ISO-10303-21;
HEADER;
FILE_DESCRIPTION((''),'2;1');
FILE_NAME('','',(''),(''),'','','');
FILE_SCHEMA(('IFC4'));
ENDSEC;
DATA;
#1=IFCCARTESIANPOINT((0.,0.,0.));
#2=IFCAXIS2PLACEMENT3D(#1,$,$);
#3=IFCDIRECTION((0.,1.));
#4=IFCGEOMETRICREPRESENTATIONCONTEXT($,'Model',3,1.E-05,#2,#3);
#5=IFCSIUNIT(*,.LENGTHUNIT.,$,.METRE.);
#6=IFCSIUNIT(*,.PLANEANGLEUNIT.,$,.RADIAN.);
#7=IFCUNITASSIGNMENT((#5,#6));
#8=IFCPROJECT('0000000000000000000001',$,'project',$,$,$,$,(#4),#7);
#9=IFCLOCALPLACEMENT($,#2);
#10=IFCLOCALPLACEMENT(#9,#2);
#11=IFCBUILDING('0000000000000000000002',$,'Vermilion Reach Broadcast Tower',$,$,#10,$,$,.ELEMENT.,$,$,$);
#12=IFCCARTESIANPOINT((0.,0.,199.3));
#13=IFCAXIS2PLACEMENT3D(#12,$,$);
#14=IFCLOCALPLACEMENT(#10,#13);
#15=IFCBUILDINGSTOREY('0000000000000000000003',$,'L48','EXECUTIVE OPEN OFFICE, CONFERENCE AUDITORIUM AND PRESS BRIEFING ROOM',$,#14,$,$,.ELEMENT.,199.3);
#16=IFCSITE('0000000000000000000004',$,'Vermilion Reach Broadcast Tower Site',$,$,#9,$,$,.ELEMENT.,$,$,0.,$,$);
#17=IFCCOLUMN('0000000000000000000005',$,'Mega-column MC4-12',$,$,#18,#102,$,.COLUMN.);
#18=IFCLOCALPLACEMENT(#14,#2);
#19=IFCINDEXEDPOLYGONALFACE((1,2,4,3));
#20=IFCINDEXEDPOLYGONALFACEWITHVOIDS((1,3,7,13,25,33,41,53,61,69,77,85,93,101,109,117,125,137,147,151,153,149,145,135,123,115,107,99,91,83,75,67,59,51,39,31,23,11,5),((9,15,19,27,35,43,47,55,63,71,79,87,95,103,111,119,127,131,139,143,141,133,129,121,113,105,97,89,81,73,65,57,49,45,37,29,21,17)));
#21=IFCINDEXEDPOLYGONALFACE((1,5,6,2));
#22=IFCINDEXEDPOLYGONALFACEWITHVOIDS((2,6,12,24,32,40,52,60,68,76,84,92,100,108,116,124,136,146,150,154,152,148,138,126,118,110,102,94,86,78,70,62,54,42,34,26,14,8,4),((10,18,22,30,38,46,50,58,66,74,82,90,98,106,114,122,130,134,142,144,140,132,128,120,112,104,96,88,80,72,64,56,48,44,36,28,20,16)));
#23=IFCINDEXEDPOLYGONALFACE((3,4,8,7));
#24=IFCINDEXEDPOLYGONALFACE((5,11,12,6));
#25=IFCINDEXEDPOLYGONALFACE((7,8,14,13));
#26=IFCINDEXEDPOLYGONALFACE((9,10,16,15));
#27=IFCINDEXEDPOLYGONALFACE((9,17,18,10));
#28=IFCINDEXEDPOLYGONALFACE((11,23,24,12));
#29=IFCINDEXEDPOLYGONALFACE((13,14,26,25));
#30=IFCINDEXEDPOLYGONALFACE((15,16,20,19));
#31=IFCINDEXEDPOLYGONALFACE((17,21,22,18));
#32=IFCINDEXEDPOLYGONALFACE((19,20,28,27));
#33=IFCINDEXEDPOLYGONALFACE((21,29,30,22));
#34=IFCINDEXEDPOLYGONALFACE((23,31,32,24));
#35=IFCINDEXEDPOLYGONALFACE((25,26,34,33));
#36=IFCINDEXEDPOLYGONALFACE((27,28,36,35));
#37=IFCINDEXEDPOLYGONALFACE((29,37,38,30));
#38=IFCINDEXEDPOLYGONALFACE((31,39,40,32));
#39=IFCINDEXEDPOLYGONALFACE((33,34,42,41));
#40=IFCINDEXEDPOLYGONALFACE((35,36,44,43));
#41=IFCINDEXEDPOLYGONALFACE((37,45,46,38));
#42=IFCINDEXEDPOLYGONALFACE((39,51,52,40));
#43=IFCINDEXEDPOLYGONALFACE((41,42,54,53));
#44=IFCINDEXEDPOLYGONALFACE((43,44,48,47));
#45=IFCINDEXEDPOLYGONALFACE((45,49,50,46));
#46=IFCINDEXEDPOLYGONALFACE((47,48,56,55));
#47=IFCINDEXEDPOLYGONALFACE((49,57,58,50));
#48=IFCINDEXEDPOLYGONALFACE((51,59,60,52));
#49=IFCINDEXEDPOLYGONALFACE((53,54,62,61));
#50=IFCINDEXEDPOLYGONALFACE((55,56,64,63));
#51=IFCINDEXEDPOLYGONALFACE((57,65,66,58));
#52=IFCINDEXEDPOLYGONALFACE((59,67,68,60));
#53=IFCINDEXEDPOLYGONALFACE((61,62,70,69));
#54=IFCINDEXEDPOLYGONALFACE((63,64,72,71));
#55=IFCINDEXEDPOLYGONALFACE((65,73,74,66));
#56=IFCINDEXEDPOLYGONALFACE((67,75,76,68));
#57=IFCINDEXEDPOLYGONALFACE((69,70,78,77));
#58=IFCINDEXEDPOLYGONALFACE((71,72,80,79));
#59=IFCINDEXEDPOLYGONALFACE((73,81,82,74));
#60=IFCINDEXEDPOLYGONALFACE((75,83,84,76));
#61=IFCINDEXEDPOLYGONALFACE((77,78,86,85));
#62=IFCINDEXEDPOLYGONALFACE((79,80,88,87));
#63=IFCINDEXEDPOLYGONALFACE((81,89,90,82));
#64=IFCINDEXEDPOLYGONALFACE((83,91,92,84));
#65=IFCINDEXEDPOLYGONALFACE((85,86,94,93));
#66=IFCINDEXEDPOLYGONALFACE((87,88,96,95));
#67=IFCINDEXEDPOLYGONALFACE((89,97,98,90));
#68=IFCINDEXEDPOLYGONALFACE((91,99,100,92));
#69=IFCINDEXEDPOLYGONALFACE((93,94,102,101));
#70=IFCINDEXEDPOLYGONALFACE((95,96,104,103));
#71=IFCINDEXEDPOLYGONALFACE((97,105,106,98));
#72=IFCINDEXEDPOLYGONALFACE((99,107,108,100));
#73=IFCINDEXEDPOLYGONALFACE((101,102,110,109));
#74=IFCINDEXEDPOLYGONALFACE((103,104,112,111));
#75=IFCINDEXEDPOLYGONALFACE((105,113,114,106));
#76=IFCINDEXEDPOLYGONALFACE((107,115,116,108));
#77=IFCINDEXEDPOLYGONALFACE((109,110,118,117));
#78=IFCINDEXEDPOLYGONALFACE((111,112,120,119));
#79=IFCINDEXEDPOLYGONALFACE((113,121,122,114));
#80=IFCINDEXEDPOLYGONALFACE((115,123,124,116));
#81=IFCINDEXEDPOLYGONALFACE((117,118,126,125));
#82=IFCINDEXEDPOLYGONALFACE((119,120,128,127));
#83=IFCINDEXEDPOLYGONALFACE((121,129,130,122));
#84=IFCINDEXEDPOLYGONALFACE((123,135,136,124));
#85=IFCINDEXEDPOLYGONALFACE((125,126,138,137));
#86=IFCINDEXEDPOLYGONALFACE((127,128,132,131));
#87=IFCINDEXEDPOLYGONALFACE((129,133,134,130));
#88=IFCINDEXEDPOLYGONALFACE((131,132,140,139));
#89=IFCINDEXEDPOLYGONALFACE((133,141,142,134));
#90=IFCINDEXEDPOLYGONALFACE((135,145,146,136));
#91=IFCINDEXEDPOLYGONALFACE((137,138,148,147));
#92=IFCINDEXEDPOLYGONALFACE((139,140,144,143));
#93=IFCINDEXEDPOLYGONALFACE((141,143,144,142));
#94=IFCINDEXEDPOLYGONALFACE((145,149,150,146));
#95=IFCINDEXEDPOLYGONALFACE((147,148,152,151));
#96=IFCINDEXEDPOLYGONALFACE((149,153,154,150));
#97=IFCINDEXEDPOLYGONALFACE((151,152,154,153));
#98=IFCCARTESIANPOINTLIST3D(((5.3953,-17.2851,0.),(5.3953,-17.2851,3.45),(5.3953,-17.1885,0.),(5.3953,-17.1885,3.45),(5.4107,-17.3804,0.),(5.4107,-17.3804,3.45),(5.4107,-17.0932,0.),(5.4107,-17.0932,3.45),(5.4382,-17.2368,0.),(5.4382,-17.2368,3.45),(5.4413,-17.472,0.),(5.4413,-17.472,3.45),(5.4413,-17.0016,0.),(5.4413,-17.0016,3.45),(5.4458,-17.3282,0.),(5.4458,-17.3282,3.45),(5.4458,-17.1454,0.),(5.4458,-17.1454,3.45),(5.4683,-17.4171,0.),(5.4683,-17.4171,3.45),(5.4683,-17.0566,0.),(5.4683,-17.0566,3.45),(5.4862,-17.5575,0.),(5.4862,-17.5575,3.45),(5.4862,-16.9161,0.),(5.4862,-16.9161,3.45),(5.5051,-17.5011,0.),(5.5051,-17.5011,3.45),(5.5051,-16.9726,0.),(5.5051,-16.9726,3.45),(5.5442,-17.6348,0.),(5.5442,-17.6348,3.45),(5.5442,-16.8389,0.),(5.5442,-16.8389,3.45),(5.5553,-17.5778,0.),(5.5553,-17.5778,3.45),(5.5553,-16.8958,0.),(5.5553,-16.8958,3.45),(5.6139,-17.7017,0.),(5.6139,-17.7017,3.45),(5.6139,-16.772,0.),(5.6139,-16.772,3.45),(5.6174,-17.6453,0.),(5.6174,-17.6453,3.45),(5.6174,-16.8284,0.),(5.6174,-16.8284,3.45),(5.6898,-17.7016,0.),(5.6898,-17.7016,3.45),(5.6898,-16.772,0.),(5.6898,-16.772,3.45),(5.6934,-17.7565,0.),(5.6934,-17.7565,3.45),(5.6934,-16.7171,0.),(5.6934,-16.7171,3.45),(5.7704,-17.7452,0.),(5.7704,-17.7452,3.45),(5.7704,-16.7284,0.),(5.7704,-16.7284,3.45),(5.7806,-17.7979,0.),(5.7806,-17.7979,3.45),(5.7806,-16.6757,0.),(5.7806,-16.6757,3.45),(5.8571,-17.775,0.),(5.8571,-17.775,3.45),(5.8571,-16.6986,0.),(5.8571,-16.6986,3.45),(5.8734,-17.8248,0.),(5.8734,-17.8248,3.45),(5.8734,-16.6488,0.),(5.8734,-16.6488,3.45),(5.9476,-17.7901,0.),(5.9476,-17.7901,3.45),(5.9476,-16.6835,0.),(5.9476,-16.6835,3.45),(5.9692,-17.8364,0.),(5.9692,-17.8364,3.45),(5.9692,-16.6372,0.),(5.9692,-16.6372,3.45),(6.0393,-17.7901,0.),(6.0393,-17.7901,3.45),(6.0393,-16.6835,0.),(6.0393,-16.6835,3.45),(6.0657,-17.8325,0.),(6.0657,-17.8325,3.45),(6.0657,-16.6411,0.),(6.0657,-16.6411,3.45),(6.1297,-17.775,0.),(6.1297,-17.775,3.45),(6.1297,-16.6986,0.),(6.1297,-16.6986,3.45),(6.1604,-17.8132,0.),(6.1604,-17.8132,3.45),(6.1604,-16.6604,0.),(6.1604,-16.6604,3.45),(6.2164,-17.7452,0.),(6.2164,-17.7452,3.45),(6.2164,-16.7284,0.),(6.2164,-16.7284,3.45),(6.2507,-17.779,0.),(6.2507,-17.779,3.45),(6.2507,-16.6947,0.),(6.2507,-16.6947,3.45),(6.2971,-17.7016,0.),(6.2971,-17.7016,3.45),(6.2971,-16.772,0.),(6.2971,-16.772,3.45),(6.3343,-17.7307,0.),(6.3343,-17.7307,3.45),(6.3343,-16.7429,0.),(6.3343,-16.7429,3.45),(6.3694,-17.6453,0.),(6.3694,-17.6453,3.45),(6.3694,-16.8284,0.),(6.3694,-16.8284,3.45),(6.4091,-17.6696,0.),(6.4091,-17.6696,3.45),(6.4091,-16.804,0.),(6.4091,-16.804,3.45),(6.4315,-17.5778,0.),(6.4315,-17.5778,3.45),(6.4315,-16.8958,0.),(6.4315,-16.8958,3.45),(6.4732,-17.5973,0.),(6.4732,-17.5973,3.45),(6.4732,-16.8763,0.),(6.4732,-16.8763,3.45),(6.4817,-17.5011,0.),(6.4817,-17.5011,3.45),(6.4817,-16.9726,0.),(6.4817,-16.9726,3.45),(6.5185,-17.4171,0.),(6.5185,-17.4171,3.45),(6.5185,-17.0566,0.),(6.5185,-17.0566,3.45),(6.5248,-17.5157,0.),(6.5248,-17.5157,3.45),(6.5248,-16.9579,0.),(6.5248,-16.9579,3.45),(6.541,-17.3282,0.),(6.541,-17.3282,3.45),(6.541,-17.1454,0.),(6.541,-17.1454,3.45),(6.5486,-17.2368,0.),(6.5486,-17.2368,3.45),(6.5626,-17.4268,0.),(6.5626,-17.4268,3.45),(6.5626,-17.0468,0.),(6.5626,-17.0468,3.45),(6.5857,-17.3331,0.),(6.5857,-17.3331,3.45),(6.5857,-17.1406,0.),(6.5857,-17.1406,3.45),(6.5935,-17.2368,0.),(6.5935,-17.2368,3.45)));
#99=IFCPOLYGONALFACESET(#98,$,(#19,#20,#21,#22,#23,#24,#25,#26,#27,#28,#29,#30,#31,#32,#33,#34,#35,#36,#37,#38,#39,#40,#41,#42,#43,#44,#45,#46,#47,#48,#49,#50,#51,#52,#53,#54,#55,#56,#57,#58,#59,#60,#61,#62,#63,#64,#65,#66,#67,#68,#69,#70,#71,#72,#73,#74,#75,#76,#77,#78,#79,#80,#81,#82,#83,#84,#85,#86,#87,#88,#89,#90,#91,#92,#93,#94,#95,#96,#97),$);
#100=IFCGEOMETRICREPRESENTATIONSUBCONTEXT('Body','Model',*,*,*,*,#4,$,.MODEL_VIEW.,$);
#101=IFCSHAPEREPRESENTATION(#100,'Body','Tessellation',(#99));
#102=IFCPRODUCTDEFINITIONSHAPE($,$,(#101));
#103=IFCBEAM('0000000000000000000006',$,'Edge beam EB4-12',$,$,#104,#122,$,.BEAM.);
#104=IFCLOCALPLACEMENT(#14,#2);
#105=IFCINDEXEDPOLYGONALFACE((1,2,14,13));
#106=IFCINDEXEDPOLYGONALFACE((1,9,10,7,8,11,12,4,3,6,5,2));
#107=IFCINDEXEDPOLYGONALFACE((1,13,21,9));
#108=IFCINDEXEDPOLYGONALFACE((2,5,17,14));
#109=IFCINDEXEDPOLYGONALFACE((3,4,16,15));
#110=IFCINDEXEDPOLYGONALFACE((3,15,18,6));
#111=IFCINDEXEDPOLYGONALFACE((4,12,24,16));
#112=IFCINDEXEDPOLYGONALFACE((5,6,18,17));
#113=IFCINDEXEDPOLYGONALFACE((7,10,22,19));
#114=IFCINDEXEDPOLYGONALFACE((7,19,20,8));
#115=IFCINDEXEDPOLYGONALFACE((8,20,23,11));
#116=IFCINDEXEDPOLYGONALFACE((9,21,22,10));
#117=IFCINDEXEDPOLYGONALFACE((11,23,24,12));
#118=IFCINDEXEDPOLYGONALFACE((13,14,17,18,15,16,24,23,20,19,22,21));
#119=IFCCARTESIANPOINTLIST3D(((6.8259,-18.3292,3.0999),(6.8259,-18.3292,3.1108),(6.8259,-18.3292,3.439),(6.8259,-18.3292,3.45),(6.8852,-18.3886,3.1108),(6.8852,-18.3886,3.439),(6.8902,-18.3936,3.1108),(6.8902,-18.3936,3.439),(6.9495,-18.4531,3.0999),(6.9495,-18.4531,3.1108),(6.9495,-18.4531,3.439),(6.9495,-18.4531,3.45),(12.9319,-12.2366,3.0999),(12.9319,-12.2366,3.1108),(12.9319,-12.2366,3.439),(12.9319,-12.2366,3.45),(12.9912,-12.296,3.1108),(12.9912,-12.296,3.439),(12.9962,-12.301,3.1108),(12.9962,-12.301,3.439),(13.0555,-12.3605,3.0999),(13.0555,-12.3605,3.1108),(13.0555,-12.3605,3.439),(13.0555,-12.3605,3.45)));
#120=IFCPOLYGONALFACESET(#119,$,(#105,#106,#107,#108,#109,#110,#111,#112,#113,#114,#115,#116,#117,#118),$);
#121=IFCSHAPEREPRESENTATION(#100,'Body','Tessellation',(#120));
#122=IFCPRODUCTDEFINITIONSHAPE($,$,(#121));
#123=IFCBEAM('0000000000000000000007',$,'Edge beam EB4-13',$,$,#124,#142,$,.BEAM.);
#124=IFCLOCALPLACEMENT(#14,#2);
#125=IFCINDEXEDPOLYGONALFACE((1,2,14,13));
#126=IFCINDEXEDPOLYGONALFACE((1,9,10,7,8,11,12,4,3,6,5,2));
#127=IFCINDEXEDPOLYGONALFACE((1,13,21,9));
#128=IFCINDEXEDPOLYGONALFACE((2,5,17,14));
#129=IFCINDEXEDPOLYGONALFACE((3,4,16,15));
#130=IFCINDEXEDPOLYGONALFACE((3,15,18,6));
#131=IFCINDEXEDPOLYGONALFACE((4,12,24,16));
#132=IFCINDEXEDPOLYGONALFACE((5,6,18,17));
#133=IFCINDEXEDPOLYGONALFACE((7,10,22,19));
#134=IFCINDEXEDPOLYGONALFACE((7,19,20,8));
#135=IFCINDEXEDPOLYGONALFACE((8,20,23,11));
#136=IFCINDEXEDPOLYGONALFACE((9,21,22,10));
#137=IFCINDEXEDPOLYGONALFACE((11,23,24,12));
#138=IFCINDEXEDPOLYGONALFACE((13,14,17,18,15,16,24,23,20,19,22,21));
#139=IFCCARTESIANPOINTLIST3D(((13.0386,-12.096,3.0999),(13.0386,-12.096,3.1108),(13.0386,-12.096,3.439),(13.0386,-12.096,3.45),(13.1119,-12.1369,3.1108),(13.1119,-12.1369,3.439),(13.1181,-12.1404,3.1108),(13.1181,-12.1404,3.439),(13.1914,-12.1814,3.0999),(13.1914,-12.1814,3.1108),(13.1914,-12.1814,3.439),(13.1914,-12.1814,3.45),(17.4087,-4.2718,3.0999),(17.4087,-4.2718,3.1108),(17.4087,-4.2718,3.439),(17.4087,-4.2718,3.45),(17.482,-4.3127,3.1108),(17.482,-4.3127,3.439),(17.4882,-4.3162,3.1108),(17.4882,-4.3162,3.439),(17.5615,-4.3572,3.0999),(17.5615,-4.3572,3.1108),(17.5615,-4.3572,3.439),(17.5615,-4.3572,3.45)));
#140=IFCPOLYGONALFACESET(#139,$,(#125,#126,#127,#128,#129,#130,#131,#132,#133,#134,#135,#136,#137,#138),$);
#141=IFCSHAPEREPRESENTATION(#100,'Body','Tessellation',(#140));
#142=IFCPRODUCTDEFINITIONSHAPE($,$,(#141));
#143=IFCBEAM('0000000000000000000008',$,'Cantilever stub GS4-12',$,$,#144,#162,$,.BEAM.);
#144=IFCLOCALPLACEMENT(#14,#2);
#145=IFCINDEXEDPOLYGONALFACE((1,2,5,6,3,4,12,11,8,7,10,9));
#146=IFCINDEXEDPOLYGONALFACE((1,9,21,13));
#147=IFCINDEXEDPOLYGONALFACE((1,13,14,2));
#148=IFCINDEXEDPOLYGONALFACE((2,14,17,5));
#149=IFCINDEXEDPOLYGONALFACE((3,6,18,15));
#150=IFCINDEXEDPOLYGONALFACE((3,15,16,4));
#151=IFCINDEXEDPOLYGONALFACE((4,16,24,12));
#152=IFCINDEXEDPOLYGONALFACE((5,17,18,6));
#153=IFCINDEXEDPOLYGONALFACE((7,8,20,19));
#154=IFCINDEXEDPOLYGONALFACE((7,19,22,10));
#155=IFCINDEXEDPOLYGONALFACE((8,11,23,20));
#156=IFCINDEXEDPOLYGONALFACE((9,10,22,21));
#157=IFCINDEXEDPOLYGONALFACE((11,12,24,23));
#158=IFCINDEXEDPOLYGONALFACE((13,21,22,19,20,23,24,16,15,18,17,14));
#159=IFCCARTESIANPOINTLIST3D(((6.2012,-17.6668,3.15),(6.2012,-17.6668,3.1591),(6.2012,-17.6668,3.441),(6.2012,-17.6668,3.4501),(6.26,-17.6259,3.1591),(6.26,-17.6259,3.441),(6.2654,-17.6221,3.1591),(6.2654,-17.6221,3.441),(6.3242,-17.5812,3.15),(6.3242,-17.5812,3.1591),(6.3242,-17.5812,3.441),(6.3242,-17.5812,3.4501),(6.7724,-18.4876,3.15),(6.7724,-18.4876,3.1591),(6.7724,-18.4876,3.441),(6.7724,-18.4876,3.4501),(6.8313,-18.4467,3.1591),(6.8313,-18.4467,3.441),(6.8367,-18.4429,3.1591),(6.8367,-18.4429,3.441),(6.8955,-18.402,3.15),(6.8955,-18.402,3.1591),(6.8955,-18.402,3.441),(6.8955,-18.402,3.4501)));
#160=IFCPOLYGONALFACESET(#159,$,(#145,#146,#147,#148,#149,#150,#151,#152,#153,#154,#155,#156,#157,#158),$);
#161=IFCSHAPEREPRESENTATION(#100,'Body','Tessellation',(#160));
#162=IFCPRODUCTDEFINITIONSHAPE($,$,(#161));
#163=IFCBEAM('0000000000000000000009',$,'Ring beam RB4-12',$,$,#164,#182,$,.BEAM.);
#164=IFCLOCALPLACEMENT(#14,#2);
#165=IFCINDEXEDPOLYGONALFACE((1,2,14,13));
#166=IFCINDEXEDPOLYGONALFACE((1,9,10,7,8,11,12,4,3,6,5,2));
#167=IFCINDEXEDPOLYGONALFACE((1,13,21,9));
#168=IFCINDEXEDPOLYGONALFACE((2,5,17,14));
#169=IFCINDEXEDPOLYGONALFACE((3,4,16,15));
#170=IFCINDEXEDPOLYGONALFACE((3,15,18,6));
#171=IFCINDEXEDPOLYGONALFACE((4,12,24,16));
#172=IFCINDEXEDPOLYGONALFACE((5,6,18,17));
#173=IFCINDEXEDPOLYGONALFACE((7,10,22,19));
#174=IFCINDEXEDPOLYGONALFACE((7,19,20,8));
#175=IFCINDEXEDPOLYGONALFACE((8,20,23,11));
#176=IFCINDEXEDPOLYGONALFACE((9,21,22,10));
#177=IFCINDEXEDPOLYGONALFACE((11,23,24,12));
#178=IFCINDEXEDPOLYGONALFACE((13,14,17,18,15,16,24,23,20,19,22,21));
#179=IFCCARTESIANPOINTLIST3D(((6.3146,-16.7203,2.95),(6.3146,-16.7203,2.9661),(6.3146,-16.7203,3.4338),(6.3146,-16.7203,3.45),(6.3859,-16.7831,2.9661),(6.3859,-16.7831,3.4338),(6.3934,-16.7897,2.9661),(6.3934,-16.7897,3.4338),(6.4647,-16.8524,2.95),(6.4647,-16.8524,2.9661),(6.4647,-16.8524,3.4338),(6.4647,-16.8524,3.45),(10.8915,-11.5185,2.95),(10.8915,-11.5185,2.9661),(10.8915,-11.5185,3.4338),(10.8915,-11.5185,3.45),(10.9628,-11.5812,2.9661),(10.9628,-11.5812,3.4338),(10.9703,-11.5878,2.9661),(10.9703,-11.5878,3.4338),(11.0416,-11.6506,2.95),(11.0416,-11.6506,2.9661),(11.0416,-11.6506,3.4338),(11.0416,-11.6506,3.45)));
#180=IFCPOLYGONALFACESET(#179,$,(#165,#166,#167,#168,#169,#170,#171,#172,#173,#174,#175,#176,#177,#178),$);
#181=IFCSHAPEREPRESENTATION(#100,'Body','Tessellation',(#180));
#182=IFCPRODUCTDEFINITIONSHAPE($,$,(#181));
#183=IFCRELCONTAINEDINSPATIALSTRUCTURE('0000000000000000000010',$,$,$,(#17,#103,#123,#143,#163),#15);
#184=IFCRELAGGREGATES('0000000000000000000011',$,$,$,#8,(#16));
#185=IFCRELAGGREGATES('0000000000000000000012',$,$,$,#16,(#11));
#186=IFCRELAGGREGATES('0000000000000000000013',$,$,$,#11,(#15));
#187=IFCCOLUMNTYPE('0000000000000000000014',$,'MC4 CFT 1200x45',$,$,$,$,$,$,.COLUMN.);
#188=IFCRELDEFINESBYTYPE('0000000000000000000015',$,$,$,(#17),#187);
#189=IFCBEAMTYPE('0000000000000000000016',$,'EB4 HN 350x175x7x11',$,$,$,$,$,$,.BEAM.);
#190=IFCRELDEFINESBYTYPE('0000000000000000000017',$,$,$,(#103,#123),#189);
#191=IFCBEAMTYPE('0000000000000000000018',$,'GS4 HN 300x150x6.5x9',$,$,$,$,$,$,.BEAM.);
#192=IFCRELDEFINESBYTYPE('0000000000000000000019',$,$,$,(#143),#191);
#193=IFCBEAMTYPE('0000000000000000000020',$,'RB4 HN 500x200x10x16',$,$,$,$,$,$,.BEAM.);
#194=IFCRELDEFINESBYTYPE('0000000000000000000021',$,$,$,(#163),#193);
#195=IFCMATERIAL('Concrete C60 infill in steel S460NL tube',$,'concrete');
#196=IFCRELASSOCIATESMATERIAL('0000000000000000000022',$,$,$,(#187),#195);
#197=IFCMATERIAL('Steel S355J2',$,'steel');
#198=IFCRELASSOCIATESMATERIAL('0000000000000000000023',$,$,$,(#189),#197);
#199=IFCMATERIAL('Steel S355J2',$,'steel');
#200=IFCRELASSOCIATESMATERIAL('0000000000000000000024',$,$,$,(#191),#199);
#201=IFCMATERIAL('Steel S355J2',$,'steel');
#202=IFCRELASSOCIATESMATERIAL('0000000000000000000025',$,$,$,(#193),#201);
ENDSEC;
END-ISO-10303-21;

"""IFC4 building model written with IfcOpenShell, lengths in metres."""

from ifc_helpers import new_model, si_unit, direction, frame, origin, origin_2d, place, context, subcontext, project, spatial, hollow_circle, i_section, extrude, material, material_profile, profile_set, type_object, element, save


model = new_model("IFC4")

# Units and contexts
model_context = context("Model", 3, precision=1e-05, world=origin(), true_north=direction((0.0, 1.0)))
body_context = subcontext(model_context, "Body", "Model", "MODEL_VIEW")
ifc_project = project(units=[si_unit("LENGTHUNIT", "METRE"), si_unit("PLANEANGLEUNIT", "RADIAN")], contexts=[model_context])

# Site, building, storey
site_placement = place(None, origin())
site = spatial("IfcSite", under=ifc_project, at=site_placement, Name="Vermilion Reach Broadcast Tower Site", CompositionType="ELEMENT", RefElevation=0.0)
building_placement = place(site_placement, origin())
building = spatial("IfcBuilding", under=site, at=building_placement, Name="Vermilion Reach Broadcast Tower", CompositionType="ELEMENT")
storey_placement = place(building_placement, frame((0.0, 0.0, 199.3)))
storey = spatial("IfcBuildingStorey", under=building, at=storey_placement, Name="L48", Description="EXECUTIVE OPEN OFFICE, CONFERENCE AUDITORIUM AND PRESS BRIEFING ROOM", CompositionType="ELEMENT", Elevation=199.3)

# Column
ifc_material_1 = material(Name="Concrete C60 infill in steel S460NL tube", Category="concrete")
ifc_material_profile_1 = material_profile(ifc_material_1, hollow_circle(Radius=0.6001, WallThickness=0.0449, at=origin_2d()), Name="Concrete C60 infill in steel S460NL tube CFT 1200x45")
ifc_profile_set_1 = profile_set([ifc_material_profile_1], Name="Concrete C60 infill in steel S460NL tube")
column_type = type_object("IfcColumnType", Name="MC4 CFT 1200x45", PredefinedType="COLUMN", material=ifc_profile_set_1)
column_placement = place(storey_placement, frame((5.9934, -17.2368, 0.0), z_axis=(0.0, 0.0, 1.0), x_axis=(1.0, 0.0, 0.0)))
element("IfcColumn", 1, at=column_placement, inside=storey, type_object=column_type, Name="Mega-column MC4-12", PredefinedType="COLUMN", context=body_context, shape_type="SweptSolid", body=[
    extrude(hollow_circle(Radius=0.6001, WallThickness=0.0449, at=origin_2d()), origin(), (0.0, 0.0, 1.0), 3.45),
])

# Beams
ifc_material_2 = material(Name="Steel S355J2", Category="steel")
ifc_material_profile_2 = material_profile(ifc_material_2, i_section(OverallWidth=0.175, OverallDepth=0.3501, WebThickness=0.0071, FlangeThickness=0.011, at=origin_2d()), Name="S355J2 HN 350x175x7x11")
ifc_profile_set_2 = profile_set([ifc_material_profile_2], Name="Steel S355J2")
beam_type_1 = type_object("IfcBeamType", Name="EB4 HN 350x175x7x11", PredefinedType="BEAM", material=ifc_profile_set_2)
beam_1_placement = place(storey_placement, frame((6.8877, -18.3911, 3.2749), z_axis=(0.707885, 0.706328, 0.0), x_axis=(-0.706328, 0.707885, 0.0)))
element("IfcBeam", 2, at=beam_1_placement, inside=storey, type_object=beam_type_1, Name="Edge beam EB4-12", PredefinedType="BEAM", context=body_context, shape_type="SweptSolid", body=[
    extrude(i_section(OverallWidth=0.175, OverallDepth=0.3501, WebThickness=0.0071, FlangeThickness=0.011, at=origin_2d()), origin(), (0.0, 0.0, 1.0), 8.6257),
])
beam_2_placement = place(storey_placement, frame((13.115, -12.1387, 3.2749), z_axis=(0.487631, 0.87305, 0.0), x_axis=(-0.87305, 0.487631, 0.0)))
element("IfcBeam", 3, at=beam_2_placement, inside=storey, type_object=beam_type_1, Name="Edge beam EB4-13", PredefinedType="BEAM", context=body_context, shape_type="SweptSolid", body=[
    extrude(i_section(OverallWidth=0.175, OverallDepth=0.3501, WebThickness=0.0071, FlangeThickness=0.011, at=origin_2d()), origin(), (0.0, 0.0, 1.0), 8.9619),
])
ifc_material_3 = material(Name="Steel S355J2", Category="steel")
ifc_material_profile_3 = material_profile(ifc_material_3, i_section(OverallWidth=0.1499, OverallDepth=0.3, WebThickness=0.0066, FlangeThickness=0.009, at=origin_2d()), Name="S355J2 HN 300x150x6.5x9")
ifc_profile_set_3 = profile_set([ifc_material_profile_3], Name="Steel S355J2")
beam_type_2 = type_object("IfcBeamType", Name="GS4 HN 300x150x6.5x9", PredefinedType="BEAM", material=ifc_profile_set_3)
beam_3_placement = place(storey_placement, frame((6.2627, -17.624, 3.3), z_axis=(0.571265, -0.820766, 0.0), x_axis=(0.820766, 0.571265, 0.0)))
element("IfcBeam", 4, at=beam_3_placement, inside=storey, type_object=beam_type_2, Name="Cantilever stub GS4-12", PredefinedType="BEAM", context=body_context, shape_type="SweptSolid", body=[
    extrude(i_section(OverallWidth=0.1499, OverallDepth=0.3, WebThickness=0.0066, FlangeThickness=0.009, at=origin_2d()), origin(), (0.0, 0.0, 1.0), 1.0),
])
ifc_material_4 = material(Name="Steel S355J2", Category="steel")
ifc_material_profile_4 = material_profile(ifc_material_4, i_section(OverallWidth=0.2, OverallDepth=0.5, WebThickness=0.01, FlangeThickness=0.0161, at=origin_2d()), Name="S355J2 HN 500x200x10x16")
ifc_profile_set_4 = profile_set([ifc_material_profile_4], Name="Steel S355J2")
beam_type_3 = type_object("IfcBeamType", Name="RB4 HN 500x200x10x16", PredefinedType="BEAM", material=ifc_profile_set_4)
beam_4_placement = place(storey_placement, frame((6.3896, -16.7864, 3.2), z_axis=(0.660565, 0.750769, 0.0), x_axis=(-0.750769, 0.660565, 0.0)))
element("IfcBeam", 5, at=beam_4_placement, inside=storey, type_object=beam_type_3, Name="Ring beam RB4-12", PredefinedType="BEAM", context=body_context, shape_type="SweptSolid", body=[
    extrude(i_section(OverallWidth=0.2, OverallDepth=0.5, WebThickness=0.01, FlangeThickness=0.0161, at=origin_2d()), origin(), (0.0, 0.0, 1.0), 6.9287),
])

save(model, "model.ifc")
